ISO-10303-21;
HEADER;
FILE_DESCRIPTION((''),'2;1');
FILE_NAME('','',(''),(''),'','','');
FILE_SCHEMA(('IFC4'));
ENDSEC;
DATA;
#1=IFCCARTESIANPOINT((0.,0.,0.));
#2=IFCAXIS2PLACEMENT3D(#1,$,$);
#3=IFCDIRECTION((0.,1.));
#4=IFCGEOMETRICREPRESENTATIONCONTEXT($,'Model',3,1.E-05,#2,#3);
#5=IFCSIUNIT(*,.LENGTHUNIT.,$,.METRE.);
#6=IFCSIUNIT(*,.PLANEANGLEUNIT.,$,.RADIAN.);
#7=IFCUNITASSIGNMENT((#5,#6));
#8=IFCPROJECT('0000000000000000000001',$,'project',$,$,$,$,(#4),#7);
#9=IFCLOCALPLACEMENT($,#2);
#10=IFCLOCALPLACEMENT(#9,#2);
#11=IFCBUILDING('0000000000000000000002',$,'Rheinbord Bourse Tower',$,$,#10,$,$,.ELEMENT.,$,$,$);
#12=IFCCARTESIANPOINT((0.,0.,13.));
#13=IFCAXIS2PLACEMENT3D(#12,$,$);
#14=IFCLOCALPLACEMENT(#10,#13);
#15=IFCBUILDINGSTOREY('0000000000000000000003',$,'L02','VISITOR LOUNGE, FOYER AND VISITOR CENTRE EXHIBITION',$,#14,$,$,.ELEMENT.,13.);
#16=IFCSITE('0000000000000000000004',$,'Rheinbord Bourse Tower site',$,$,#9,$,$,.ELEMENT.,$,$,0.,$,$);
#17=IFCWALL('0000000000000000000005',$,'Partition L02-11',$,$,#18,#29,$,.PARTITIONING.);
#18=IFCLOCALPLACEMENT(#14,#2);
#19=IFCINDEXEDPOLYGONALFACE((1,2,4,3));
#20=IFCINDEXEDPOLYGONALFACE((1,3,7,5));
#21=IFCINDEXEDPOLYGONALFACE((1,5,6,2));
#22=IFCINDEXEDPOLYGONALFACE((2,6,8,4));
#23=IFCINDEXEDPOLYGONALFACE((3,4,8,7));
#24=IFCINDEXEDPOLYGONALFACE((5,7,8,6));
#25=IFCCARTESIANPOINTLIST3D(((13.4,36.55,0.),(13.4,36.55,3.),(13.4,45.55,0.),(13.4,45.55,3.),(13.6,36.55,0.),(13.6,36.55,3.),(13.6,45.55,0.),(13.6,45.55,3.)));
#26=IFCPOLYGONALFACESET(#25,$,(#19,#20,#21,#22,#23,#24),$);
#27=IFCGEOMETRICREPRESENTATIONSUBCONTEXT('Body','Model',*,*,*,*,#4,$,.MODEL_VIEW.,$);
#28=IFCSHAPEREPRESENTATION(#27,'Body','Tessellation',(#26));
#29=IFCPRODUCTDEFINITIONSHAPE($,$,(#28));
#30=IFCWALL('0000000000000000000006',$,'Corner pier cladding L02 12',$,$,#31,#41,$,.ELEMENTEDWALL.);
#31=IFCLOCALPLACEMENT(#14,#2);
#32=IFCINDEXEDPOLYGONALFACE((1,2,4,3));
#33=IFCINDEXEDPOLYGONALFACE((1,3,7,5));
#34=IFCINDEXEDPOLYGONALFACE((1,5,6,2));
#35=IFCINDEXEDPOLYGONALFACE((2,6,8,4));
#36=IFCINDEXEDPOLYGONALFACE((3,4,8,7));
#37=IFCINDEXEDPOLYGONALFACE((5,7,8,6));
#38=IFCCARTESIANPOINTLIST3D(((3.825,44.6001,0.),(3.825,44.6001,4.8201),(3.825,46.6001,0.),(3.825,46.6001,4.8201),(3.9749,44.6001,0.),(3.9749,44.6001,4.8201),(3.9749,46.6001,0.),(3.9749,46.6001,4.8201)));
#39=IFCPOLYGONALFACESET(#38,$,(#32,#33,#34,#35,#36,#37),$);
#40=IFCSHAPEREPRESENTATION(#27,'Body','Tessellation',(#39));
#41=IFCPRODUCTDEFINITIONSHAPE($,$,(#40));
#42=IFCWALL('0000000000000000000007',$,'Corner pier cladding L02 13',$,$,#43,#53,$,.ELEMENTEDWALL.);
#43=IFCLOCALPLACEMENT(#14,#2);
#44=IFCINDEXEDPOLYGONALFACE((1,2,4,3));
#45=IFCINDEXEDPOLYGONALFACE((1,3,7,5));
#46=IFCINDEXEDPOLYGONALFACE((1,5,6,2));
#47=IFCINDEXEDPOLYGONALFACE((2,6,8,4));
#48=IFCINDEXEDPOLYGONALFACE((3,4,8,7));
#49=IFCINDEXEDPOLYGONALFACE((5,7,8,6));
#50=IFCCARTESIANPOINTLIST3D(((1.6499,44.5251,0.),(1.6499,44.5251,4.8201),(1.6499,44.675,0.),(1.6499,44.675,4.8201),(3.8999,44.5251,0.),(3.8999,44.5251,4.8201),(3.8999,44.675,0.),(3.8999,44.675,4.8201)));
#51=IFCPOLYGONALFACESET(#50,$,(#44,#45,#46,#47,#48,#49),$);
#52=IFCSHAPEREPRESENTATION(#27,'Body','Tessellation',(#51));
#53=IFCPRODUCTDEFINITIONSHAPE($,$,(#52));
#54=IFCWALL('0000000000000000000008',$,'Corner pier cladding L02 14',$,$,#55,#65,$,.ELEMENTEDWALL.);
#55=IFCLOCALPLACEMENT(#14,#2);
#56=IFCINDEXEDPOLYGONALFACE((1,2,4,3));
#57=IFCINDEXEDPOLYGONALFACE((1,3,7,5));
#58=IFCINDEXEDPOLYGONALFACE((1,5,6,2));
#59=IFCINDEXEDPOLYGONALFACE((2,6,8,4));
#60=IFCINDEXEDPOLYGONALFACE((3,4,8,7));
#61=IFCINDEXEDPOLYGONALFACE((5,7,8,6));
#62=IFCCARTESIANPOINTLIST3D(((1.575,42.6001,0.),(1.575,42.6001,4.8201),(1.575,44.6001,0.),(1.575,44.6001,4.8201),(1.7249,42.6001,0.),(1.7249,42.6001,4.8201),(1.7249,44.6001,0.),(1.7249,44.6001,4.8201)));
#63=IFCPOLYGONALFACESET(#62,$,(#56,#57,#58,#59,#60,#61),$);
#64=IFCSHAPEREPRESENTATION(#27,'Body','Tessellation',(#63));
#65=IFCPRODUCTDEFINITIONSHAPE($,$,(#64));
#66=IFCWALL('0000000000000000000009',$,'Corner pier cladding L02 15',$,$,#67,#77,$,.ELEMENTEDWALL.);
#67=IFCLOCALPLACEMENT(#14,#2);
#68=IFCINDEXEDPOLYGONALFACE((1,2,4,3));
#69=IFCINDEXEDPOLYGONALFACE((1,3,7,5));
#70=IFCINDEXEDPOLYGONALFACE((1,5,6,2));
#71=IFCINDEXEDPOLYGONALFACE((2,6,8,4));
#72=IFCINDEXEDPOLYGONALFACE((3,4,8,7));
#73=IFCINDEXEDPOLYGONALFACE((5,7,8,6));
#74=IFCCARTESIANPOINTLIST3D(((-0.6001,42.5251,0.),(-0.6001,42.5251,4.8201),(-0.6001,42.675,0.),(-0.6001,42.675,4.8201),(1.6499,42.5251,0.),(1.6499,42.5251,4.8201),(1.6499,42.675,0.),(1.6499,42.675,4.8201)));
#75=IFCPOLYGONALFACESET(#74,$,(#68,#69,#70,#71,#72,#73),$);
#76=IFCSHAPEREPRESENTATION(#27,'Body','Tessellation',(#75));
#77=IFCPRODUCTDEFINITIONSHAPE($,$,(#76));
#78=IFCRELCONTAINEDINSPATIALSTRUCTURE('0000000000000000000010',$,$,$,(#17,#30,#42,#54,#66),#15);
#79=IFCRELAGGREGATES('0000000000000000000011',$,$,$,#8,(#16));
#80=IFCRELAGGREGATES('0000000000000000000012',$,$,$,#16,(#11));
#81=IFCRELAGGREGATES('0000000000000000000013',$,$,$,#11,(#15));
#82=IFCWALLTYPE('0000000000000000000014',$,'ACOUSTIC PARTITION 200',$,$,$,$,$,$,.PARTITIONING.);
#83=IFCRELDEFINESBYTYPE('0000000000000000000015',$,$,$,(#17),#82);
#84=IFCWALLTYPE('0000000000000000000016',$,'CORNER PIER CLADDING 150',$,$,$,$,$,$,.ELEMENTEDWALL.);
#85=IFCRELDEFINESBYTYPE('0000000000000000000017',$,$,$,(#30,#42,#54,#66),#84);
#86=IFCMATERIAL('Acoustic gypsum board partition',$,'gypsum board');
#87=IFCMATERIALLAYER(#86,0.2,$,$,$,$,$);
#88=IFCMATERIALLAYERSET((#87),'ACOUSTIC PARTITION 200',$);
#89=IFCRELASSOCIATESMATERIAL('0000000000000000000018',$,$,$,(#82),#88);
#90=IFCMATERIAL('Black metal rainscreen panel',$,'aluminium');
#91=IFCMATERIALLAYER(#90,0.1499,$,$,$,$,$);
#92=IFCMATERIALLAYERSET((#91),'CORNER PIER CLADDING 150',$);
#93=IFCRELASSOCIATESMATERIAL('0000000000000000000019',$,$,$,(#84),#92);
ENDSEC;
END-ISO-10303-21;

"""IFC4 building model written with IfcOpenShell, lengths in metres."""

from ifc_helpers import new_model, si_unit, direction, frame, frame_2d, origin, place, context, subcontext, project, spatial, rectangle, extrude, material, layer, layer_set, type_object, element, save


model = new_model("IFC4")

# Units and contexts
model_context = context("Model", 3, precision=1e-05, world=origin(), true_north=direction((0.0, 1.0)))
body_context = subcontext(model_context, "Body", "Model", "MODEL_VIEW")
ifc_project = project(units=[si_unit("LENGTHUNIT", "METRE"), si_unit("PLANEANGLEUNIT", "RADIAN")], contexts=[model_context])

# Site, building, storey
site_placement = place(None, origin())
site = spatial("IfcSite", under=ifc_project, at=site_placement, Name="Rheinbord Bourse Tower site", CompositionType="ELEMENT", RefElevation=0.0)
building_placement = place(site_placement, origin())
building = spatial("IfcBuilding", under=site, at=building_placement, Name="Rheinbord Bourse Tower", CompositionType="ELEMENT")
storey_placement = place(building_placement, frame((0.0, 0.0, 13.0)))
storey = spatial("IfcBuildingStorey", under=building, at=storey_placement, Name="L02", Description="VISITOR LOUNGE, FOYER AND VISITOR CENTRE EXHIBITION", CompositionType="ELEMENT", Elevation=13.0)

# Shared definitions
ifc_material_1 = material(Name="Acoustic gypsum board partition", Category="gypsum board")
ifc_layer_1 = layer(ifc_material_1, 0.2)
ifc_layer_set_1 = layer_set([ifc_layer_1], Name="ACOUSTIC PARTITION 200")
wall_type_1 = type_object("IfcWallType", Name="ACOUSTIC PARTITION 200", PredefinedType="PARTITIONING", material=ifc_layer_set_1)

# Walls
wall_1_placement = place(storey_placement, frame((13.5, 36.55, 0.0), z_axis=(0.0, 0.0, 1.0), x_axis=(0.0, 1.0, 0.0)))
element("IfcWall", 1, at=wall_1_placement, inside=storey, type_object=wall_type_1, Name="Partition L02-11", PredefinedType="PARTITIONING", context=body_context, shape_type="SweptSolid", body=[
    extrude(rectangle(XDim=9.0, YDim=0.2, at=frame_2d((4.5, 0.0))), origin(), (0.0, 0.0, 1.0), 3.0),
])
ifc_material_2 = material(Name="Black metal rainscreen panel", Category="aluminium")
ifc_layer_2 = layer(ifc_material_2, 0.1499)
ifc_layer_set_2 = layer_set([ifc_layer_2], Name="CORNER PIER CLADDING 150")
wall_type_2 = type_object("IfcWallType", Name="CORNER PIER CLADDING 150", PredefinedType="ELEMENTEDWALL", material=ifc_layer_set_2)
wall_2_placement = place(storey_placement, frame((3.8999, 46.6001, 0.0), z_axis=(0.0, 0.0, 1.0), x_axis=(0.0, -1.0, 0.0)))
element("IfcWall", 2, at=wall_2_placement, inside=storey, type_object=wall_type_2, Name="Corner pier cladding L02 12", PredefinedType="ELEMENTEDWALL", context=body_context, shape_type="SweptSolid", body=[
    extrude(rectangle(XDim=2.0, YDim=0.1499, at=frame_2d((1.0, 0.0))), origin(), (0.0, 0.0, 1.0), 4.8201),
])
wall_3_placement = place(storey_placement, frame((3.8999, 44.6001, 0.0), z_axis=(0.0, 0.0, 1.0), x_axis=(-1.0, 0.0, 0.0)))
element("IfcWall", 3, at=wall_3_placement, inside=storey, type_object=wall_type_2, Name="Corner pier cladding L02 13", PredefinedType="ELEMENTEDWALL", context=body_context, shape_type="SweptSolid", body=[
    extrude(rectangle(XDim=2.25, YDim=0.1499, at=frame_2d((1.125, 0.0))), origin(), (0.0, 0.0, 1.0), 4.8201),
])
wall_4_placement = place(storey_placement, frame((1.6499, 44.6001, 0.0), z_axis=(0.0, 0.0, 1.0), x_axis=(0.0, -1.0, 0.0)))
element("IfcWall", 4, at=wall_4_placement, inside=storey, type_object=wall_type_2, Name="Corner pier cladding L02 14", PredefinedType="ELEMENTEDWALL", context=body_context, shape_type="SweptSolid", body=[
    extrude(rectangle(XDim=2.0, YDim=0.1499, at=frame_2d((1.0, 0.0))), origin(), (0.0, 0.0, 1.0), 4.8201),
])
wall_5_placement = place(storey_placement, frame((1.6499, 42.6001, 0.0), z_axis=(0.0, 0.0, 1.0), x_axis=(-1.0, 0.0, 0.0)))
element("IfcWall", 5, at=wall_5_placement, inside=storey, type_object=wall_type_2, Name="Corner pier cladding L02 15", PredefinedType="ELEMENTEDWALL", context=body_context, shape_type="SweptSolid", body=[
    extrude(rectangle(XDim=2.25, YDim=0.1499, at=frame_2d((1.125, 0.0))), origin(), (0.0, 0.0, 1.0), 4.8201),
])

save(model, "model.ifc")
